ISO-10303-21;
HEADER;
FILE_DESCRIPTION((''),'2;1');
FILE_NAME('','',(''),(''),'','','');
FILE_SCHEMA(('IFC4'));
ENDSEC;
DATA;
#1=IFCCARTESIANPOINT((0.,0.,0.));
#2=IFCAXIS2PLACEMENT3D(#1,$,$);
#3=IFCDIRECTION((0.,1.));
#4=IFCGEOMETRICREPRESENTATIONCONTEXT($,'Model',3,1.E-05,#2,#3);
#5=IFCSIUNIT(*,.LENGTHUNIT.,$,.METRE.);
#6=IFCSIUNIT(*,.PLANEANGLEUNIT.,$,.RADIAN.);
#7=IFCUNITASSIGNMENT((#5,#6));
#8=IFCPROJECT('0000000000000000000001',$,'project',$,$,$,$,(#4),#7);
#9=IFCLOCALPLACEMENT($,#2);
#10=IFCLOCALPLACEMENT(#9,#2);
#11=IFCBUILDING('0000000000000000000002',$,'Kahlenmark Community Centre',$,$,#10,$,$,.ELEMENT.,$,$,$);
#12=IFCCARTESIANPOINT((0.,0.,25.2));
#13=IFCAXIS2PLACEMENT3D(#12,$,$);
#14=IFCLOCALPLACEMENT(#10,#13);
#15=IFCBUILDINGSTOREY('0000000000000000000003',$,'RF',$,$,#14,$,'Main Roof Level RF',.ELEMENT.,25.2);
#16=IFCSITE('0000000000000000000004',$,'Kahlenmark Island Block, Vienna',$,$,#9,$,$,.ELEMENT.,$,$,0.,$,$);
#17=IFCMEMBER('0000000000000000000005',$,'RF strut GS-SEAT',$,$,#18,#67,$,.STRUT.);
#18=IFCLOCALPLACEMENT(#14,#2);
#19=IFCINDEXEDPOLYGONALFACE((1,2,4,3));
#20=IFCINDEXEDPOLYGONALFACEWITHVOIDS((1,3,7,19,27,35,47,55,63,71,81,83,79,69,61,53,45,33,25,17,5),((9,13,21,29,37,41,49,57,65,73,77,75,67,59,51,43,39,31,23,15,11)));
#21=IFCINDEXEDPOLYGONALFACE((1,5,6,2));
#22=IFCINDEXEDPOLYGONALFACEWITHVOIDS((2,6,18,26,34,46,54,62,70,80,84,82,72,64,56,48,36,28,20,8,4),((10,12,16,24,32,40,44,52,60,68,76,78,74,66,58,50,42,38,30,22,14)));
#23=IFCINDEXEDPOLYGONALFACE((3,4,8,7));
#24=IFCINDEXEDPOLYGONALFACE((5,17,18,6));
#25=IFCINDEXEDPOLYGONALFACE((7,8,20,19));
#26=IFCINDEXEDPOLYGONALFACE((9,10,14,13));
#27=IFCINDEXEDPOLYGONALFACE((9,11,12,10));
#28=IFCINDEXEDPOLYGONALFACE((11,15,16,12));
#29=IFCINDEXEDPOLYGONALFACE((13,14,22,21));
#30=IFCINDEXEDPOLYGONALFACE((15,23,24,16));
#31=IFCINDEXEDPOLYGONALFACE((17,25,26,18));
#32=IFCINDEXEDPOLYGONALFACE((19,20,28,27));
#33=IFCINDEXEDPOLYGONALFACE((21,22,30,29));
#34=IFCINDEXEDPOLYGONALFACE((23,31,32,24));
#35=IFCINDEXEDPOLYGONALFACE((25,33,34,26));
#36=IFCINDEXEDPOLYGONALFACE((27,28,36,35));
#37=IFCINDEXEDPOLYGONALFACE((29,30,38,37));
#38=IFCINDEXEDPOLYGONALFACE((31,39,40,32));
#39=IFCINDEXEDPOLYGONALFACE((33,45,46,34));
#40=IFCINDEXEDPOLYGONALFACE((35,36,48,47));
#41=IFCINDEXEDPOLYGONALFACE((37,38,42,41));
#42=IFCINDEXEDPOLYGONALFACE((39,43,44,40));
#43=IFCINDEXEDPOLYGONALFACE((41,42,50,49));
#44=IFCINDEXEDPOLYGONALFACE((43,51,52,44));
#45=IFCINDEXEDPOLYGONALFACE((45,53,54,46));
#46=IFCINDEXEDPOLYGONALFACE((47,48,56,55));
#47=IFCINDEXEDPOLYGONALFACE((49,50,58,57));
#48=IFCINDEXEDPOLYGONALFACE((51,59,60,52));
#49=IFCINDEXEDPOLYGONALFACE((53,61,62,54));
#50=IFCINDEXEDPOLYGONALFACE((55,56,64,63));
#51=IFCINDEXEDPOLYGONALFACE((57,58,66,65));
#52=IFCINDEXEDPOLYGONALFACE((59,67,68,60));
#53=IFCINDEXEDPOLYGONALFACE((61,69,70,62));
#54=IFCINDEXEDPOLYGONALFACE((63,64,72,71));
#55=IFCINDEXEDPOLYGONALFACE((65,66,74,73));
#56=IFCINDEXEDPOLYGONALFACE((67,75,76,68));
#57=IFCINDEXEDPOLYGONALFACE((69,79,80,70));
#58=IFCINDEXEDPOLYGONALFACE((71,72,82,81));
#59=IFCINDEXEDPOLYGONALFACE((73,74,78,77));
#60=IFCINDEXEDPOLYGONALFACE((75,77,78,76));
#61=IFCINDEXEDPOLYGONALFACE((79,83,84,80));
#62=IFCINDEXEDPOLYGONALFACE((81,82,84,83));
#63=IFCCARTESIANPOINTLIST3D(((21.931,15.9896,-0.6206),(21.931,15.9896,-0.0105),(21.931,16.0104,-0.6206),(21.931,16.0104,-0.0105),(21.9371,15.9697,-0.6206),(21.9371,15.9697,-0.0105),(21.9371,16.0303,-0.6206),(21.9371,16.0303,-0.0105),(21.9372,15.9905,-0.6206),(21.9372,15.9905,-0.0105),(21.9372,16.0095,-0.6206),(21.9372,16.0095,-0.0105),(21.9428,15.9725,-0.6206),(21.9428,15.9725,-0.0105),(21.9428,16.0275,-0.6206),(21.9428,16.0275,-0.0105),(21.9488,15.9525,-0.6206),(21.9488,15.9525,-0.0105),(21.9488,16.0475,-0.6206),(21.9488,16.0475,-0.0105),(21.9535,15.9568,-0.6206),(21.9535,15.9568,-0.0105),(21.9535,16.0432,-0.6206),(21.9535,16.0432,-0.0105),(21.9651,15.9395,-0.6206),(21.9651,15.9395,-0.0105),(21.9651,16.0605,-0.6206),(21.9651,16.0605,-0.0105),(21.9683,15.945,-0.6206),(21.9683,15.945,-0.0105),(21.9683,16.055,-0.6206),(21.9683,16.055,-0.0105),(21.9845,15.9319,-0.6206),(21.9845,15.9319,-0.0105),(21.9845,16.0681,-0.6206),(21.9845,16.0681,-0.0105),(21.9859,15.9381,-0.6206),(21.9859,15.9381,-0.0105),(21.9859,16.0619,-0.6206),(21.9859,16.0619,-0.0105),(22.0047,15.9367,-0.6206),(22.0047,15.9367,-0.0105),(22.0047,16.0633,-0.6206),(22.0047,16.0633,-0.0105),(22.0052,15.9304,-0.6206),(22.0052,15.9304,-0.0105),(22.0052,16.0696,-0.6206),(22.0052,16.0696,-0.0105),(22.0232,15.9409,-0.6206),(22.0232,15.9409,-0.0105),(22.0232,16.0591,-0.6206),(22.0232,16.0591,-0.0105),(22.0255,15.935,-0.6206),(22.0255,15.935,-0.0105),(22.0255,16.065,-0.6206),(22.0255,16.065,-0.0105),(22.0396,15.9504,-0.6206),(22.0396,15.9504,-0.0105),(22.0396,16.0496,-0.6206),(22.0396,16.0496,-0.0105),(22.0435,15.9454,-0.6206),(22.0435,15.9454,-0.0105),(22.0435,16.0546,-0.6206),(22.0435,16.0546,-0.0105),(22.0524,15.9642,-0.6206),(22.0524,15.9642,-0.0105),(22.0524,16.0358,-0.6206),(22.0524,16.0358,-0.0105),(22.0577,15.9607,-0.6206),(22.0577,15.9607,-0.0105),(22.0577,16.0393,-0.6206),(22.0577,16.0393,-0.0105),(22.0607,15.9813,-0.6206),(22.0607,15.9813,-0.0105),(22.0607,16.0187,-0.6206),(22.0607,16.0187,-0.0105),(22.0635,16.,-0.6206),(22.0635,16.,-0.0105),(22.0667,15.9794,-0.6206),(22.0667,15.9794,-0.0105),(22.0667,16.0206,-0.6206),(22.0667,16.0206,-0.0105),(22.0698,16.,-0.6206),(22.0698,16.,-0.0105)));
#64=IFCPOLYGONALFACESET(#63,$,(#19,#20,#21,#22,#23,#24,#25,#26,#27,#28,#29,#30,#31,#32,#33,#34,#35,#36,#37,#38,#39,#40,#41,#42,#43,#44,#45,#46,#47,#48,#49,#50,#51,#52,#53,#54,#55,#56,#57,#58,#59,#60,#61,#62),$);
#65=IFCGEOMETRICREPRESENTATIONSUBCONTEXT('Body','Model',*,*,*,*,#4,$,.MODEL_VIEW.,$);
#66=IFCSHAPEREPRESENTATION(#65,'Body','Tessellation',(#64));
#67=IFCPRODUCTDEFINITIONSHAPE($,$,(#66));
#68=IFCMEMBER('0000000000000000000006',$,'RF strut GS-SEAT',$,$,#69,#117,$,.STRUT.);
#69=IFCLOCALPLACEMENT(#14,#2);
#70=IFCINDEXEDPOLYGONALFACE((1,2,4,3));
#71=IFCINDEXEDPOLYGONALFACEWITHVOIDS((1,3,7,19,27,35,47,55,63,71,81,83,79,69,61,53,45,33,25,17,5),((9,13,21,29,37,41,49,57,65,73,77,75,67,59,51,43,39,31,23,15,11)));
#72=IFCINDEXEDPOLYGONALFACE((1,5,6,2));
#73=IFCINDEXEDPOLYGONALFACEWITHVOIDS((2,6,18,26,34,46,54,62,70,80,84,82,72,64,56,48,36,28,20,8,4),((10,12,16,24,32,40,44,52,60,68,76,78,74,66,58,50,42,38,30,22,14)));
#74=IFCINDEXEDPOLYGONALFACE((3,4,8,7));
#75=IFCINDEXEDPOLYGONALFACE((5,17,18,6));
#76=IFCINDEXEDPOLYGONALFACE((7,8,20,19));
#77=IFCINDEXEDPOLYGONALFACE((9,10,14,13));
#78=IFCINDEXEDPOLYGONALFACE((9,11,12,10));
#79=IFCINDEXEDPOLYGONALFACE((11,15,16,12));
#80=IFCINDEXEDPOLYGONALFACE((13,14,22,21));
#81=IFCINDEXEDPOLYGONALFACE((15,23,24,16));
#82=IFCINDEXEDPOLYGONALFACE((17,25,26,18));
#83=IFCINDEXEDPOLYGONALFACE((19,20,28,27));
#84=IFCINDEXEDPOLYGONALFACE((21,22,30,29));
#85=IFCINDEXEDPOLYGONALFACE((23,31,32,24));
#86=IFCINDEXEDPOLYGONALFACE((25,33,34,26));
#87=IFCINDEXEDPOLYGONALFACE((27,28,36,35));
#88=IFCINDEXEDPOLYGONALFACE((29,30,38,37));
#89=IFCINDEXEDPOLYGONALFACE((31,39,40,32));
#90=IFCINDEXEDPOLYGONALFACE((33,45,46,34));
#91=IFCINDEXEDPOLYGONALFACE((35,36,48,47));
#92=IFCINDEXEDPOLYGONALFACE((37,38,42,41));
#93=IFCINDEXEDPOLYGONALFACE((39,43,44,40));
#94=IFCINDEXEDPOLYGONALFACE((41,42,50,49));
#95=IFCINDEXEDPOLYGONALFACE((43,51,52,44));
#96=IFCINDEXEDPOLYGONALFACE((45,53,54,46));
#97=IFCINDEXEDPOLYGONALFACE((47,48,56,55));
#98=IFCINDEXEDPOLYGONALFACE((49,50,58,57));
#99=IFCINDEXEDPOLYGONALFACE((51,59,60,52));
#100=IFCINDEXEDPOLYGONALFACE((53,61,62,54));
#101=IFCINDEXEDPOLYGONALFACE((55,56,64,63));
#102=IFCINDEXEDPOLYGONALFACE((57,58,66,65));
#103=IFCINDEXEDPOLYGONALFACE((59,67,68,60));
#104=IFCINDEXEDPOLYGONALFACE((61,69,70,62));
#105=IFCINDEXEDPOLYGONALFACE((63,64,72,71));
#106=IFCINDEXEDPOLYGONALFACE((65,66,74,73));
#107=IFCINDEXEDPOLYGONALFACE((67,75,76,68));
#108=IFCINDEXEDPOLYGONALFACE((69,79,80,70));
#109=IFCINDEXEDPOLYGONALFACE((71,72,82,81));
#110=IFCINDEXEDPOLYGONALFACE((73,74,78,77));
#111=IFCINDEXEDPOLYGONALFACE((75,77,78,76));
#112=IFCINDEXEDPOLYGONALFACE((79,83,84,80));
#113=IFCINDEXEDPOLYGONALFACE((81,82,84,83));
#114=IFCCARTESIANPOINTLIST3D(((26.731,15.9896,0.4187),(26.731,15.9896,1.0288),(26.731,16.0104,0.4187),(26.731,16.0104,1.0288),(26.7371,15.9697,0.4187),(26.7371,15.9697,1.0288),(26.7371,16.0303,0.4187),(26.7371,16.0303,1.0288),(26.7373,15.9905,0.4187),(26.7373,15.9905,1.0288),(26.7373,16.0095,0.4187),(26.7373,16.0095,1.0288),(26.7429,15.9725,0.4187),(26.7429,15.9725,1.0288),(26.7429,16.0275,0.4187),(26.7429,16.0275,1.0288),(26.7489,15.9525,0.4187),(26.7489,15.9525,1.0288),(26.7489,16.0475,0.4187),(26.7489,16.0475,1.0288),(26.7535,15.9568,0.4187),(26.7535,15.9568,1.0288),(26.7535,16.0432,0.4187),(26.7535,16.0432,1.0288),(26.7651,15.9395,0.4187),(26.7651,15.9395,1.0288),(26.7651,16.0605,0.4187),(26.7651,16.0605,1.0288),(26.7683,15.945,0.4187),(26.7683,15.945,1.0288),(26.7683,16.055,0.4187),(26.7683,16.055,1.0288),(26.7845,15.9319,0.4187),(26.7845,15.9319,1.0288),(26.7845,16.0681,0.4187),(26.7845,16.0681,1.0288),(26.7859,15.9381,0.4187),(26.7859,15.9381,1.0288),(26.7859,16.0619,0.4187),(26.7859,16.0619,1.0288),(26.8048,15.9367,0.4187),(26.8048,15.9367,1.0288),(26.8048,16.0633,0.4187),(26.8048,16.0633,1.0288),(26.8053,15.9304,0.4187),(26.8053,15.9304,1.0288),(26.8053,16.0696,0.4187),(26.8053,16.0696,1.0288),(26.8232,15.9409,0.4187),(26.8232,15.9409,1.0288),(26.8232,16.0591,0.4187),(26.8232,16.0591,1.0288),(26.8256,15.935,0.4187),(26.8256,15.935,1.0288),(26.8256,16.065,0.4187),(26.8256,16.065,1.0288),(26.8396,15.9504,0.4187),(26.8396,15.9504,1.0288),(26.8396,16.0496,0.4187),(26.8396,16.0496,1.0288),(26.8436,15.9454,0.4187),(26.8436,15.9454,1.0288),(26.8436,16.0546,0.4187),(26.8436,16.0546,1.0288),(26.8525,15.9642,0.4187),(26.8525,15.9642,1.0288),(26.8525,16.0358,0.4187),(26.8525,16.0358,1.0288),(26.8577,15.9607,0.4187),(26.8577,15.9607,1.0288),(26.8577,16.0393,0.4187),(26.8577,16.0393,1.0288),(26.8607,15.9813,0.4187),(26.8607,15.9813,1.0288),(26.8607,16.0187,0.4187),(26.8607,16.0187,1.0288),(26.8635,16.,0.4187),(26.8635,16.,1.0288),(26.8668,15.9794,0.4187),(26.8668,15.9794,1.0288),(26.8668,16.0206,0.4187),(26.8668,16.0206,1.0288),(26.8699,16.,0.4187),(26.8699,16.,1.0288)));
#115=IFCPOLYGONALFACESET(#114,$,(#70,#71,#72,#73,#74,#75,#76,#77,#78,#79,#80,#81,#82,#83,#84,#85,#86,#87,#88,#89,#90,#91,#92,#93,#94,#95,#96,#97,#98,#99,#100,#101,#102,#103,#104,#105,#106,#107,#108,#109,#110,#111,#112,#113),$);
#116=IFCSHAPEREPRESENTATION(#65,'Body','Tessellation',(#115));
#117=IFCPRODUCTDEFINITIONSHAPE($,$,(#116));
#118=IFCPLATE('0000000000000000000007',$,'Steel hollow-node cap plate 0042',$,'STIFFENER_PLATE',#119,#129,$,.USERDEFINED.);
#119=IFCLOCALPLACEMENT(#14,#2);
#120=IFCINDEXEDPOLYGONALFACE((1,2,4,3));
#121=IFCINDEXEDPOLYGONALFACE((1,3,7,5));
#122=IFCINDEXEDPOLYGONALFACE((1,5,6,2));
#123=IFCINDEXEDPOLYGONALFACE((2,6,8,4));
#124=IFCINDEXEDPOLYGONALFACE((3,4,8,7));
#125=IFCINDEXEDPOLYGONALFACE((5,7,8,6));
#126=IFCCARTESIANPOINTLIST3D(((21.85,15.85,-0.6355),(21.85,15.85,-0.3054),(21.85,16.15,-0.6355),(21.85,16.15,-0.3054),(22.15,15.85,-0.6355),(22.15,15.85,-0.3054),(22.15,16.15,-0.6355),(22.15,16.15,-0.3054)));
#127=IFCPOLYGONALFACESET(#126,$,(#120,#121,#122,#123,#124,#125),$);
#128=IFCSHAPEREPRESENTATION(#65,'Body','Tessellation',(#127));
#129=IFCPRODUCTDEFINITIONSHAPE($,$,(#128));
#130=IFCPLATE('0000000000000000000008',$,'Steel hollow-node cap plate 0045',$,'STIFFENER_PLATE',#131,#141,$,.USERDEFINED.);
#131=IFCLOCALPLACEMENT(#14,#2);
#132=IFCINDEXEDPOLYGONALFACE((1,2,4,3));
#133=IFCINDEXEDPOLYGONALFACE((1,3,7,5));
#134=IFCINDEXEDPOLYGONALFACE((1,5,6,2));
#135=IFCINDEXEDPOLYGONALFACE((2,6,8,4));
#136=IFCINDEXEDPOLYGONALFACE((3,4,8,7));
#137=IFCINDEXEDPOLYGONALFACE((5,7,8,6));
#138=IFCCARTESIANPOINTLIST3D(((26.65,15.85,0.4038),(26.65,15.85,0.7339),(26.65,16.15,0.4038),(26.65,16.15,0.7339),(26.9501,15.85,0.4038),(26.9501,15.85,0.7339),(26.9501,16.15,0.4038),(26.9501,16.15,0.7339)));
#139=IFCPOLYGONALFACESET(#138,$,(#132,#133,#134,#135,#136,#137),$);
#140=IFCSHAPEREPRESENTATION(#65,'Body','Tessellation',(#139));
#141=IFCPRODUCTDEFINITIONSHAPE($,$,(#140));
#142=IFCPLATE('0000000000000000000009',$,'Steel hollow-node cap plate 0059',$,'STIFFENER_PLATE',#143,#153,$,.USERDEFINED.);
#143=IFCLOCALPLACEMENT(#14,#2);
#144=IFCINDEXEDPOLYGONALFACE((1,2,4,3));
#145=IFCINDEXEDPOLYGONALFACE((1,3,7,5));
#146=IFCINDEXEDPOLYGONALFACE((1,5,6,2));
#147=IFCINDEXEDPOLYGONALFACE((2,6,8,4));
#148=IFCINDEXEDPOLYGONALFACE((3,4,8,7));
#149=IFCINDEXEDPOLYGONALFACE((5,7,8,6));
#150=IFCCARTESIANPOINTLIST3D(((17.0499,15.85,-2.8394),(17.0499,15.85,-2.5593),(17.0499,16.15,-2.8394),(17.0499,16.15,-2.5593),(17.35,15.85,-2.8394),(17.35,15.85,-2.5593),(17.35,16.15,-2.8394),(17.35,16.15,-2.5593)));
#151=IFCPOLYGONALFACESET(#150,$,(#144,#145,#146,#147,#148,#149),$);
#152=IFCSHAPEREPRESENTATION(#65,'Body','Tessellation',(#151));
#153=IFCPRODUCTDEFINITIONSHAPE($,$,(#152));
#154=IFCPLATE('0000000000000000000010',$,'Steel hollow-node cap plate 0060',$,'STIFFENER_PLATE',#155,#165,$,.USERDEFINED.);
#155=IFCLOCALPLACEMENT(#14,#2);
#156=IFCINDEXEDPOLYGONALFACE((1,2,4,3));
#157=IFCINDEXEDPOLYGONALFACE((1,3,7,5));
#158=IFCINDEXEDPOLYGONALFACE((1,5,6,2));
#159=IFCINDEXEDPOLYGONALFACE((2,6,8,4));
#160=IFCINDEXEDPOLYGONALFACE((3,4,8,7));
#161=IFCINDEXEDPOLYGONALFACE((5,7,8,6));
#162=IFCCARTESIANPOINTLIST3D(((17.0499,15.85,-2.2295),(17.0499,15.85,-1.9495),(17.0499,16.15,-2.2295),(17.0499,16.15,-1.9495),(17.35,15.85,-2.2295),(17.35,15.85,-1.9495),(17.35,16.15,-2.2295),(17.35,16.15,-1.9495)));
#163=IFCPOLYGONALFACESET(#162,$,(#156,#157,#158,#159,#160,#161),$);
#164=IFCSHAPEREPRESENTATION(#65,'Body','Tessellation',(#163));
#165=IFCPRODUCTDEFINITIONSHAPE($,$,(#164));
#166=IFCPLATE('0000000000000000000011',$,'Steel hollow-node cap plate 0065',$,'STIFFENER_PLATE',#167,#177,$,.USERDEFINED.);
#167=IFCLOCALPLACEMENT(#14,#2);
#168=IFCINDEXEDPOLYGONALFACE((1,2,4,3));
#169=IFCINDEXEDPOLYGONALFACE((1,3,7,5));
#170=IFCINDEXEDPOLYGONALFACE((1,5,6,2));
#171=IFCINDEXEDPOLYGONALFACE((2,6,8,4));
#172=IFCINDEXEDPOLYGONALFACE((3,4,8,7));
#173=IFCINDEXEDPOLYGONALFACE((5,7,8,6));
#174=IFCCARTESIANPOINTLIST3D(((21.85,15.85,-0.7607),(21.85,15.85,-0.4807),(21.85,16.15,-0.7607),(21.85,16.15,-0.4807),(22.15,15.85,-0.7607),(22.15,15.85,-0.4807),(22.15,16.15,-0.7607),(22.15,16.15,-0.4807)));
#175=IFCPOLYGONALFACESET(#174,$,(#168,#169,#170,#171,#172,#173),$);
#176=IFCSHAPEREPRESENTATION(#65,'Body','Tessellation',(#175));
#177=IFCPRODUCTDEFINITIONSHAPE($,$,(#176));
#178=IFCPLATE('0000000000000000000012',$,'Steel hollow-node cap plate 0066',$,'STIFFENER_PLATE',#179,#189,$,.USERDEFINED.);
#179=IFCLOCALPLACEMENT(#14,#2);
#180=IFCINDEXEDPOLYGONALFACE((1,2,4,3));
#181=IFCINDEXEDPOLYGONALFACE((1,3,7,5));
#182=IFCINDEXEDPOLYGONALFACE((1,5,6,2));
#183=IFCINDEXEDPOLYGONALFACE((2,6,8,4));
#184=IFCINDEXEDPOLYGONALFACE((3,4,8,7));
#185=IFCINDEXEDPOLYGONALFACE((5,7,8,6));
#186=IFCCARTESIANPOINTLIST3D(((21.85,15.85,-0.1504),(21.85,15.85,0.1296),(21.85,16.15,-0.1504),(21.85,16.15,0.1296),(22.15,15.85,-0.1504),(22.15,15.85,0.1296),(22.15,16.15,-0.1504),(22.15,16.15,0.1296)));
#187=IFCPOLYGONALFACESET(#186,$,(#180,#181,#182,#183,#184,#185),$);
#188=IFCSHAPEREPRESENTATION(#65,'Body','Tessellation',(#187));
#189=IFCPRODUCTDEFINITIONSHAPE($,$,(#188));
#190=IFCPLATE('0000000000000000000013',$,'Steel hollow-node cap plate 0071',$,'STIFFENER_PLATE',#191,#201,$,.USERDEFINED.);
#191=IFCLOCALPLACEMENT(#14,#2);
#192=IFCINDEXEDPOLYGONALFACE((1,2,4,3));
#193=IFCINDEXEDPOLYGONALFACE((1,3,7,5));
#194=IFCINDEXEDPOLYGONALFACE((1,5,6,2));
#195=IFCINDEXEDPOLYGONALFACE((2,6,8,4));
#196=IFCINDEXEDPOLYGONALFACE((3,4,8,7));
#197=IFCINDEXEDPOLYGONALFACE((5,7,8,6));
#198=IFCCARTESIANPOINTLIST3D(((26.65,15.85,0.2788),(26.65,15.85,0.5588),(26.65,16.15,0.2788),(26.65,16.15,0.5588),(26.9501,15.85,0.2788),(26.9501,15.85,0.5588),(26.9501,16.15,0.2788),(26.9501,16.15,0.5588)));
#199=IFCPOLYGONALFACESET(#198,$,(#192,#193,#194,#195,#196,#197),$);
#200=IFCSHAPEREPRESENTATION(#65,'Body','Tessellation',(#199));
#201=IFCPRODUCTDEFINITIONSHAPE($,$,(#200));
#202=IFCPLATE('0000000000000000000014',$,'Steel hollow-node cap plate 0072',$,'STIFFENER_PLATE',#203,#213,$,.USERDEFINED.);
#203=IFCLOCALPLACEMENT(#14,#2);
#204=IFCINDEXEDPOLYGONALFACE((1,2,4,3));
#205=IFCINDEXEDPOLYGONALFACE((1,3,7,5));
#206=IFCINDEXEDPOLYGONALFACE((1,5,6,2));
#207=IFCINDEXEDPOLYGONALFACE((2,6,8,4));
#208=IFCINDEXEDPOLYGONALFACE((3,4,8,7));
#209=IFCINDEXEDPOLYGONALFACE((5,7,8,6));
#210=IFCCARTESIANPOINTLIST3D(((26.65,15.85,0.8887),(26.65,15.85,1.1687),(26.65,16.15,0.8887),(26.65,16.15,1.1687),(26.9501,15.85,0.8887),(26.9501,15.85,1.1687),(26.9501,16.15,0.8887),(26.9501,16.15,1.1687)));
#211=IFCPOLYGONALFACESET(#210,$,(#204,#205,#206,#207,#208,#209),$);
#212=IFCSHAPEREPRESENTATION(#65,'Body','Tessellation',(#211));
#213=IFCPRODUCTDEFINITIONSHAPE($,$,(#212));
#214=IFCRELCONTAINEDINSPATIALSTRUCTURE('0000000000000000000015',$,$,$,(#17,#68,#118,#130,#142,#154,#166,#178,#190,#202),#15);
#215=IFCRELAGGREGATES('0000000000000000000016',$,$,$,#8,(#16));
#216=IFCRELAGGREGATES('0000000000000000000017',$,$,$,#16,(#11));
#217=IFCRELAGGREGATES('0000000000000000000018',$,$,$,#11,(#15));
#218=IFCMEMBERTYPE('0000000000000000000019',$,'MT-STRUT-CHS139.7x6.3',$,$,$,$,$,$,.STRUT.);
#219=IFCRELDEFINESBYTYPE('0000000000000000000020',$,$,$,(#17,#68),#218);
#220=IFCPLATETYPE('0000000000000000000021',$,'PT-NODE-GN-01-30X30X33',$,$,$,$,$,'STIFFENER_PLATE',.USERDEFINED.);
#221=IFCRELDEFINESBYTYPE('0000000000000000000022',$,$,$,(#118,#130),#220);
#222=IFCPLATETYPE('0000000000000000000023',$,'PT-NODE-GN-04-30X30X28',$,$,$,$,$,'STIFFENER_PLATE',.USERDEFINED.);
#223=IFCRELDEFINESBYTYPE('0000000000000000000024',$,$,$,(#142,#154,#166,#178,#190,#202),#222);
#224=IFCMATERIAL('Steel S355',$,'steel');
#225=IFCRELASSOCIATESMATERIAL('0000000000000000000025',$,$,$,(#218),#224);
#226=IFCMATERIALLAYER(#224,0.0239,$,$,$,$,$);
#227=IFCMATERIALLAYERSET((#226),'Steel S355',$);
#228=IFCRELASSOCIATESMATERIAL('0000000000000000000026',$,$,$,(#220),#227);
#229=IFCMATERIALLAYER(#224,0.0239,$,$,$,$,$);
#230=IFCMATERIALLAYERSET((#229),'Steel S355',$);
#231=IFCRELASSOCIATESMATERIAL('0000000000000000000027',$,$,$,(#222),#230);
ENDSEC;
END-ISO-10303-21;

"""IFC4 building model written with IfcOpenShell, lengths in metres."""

from ifc_helpers import new_model, si_unit, direction, frame, origin, origin_2d, place, context, subcontext, project, spatial, rectangle, hollow_circle, extrude, material, layer, layer_set, material_profile, profile_set, type_object, element, save


model = new_model("IFC4")

# Units and contexts
model_context = context("Model", 3, precision=1e-05, world=origin(), true_north=direction((0.0, 1.0)))
body_context = subcontext(model_context, "Body", "Model", "MODEL_VIEW")
ifc_project = project(units=[si_unit("LENGTHUNIT", "METRE"), si_unit("PLANEANGLEUNIT", "RADIAN")], contexts=[model_context])

# Site, building, storey
site_placement = place(None, origin())
site = spatial("IfcSite", under=ifc_project, at=site_placement, Name="Kahlenmark Island Block, Vienna", CompositionType="ELEMENT", RefElevation=0.0)
building_placement = place(site_placement, origin())
building = spatial("IfcBuilding", under=site, at=building_placement, Name="Kahlenmark Community Centre", CompositionType="ELEMENT")
storey_placement = place(building_placement, frame((0.0, 0.0, 25.2)))
storey = spatial("IfcBuildingStorey", under=building, at=storey_placement, Name="RF", LongName="Main Roof Level RF", CompositionType="ELEMENT", Elevation=25.2)

# Members
ifc_material_1 = material(Name="Steel S355", Category="steel")
ifc_material_profile_1 = material_profile(ifc_material_1, hollow_circle(Radius=0.0698, WallThickness=0.0063, at=origin_2d()), Name="CHS 139.7x6.3")
ifc_profile_set_1 = profile_set([ifc_material_profile_1], Name="Steel S355")
member_type_1 = type_object("IfcMemberType", Name="MT-STRUT-CHS139.7x6.3", PredefinedType="STRUT", material=ifc_profile_set_1)
for number, where, z_axis, x_axis, name in (
    (1, (22.0, 16.0, -0.6206), (0.0, 0.0, 1.0), (1.0, 0.0, 0.0), "RF strut GS-SEAT"),
    (2, (26.8, 16.0, 0.4187), (0.0, 0.0, 1.0), (1.0, 0.0, 0.0), "RF strut GS-SEAT"),
):
    element("IfcMember", number, at=place(storey_placement, frame(where, z_axis=z_axis, x_axis=x_axis)), inside=storey, type_object=member_type_1, Name=name, PredefinedType="STRUT", context=body_context, shape_type="SweptSolid", body=[
        extrude(hollow_circle(Radius=0.0698, WallThickness=0.0063, at=origin_2d()), origin(), (0.0, 0.0, 1.0), 0.6101),
    ])

# Plates
ifc_layer_1 = layer(ifc_material_1, 0.0239)
ifc_layer_set_1 = layer_set([ifc_layer_1], Name="Steel S355")
plate_type_1 = type_object("IfcPlateType", Name="PT-NODE-GN-01-30X30X33", ElementType="STIFFENER_PLATE", PredefinedType="USERDEFINED", material=ifc_layer_set_1)
for number, where, z_axis, x_axis, name in (
    (3, (22.0, 16.0, -0.6355), (0.0, 0.0, 1.0), (1.0, 0.0, 0.0), "Steel hollow-node cap plate 0042"),
    (4, (26.8, 16.0, 0.4038), (0.0, 0.0, 1.0), (1.0, 0.0, 0.0), "Steel hollow-node cap plate 0045"),
):
    element("IfcPlate", number, at=place(storey_placement, frame(where, z_axis=z_axis, x_axis=x_axis)), inside=storey, type_object=plate_type_1, Name=name, ObjectType="STIFFENER_PLATE", PredefinedType="USERDEFINED", context=body_context, shape_type="SweptSolid", body=[
        extrude(rectangle(XDim=0.3, YDim=0.3, at=origin_2d()), origin(), (0.0, 0.0, 1.0), 0.3301),
    ])
ifc_layer_2 = layer(ifc_material_1, 0.0239)
ifc_layer_set_2 = layer_set([ifc_layer_2], Name="Steel S355")
plate_type_2 = type_object("IfcPlateType", Name="PT-NODE-GN-04-30X30X28", ElementType="STIFFENER_PLATE", PredefinedType="USERDEFINED", material=ifc_layer_set_2)
for number, where, z_axis, x_axis, name in (
    (5, (17.2, 16.0, -2.8394), (0.0, 0.0, 1.0), (1.0, 0.0, 0.0), "Steel hollow-node cap plate 0059"),
    (6, (17.2, 16.0, -2.2295), (0.0, 0.0, 1.0), (1.0, 0.0, 0.0), "Steel hollow-node cap plate 0060"),
    (7, (22.0, 16.0, -0.7607), (0.0, 0.0, 1.0), (1.0, 0.0, 0.0), "Steel hollow-node cap plate 0065"),
    (8, (22.0, 16.0, -0.1504), (0.0, 0.0, 1.0), (1.0, 0.0, 0.0), "Steel hollow-node cap plate 0066"),
    (9, (26.8, 16.0, 0.2788), (0.0, 0.0, 1.0), (1.0, 0.0, 0.0), "Steel hollow-node cap plate 0071"),
    (10, (26.8, 16.0, 0.8887), (0.0, 0.0, 1.0), (1.0, 0.0, 0.0), "Steel hollow-node cap plate 0072"),
):
    element("IfcPlate", number, at=place(storey_placement, frame(where, z_axis=z_axis, x_axis=x_axis)), inside=storey, type_object=plate_type_2, Name=name, ObjectType="STIFFENER_PLATE", PredefinedType="USERDEFINED", context=body_context, shape_type="SweptSolid", body=[
        extrude(rectangle(XDim=0.3, YDim=0.3, at=origin_2d()), origin(), (0.0, 0.0, 1.0), 0.28),
    ])

save(model, "model.ifc")
